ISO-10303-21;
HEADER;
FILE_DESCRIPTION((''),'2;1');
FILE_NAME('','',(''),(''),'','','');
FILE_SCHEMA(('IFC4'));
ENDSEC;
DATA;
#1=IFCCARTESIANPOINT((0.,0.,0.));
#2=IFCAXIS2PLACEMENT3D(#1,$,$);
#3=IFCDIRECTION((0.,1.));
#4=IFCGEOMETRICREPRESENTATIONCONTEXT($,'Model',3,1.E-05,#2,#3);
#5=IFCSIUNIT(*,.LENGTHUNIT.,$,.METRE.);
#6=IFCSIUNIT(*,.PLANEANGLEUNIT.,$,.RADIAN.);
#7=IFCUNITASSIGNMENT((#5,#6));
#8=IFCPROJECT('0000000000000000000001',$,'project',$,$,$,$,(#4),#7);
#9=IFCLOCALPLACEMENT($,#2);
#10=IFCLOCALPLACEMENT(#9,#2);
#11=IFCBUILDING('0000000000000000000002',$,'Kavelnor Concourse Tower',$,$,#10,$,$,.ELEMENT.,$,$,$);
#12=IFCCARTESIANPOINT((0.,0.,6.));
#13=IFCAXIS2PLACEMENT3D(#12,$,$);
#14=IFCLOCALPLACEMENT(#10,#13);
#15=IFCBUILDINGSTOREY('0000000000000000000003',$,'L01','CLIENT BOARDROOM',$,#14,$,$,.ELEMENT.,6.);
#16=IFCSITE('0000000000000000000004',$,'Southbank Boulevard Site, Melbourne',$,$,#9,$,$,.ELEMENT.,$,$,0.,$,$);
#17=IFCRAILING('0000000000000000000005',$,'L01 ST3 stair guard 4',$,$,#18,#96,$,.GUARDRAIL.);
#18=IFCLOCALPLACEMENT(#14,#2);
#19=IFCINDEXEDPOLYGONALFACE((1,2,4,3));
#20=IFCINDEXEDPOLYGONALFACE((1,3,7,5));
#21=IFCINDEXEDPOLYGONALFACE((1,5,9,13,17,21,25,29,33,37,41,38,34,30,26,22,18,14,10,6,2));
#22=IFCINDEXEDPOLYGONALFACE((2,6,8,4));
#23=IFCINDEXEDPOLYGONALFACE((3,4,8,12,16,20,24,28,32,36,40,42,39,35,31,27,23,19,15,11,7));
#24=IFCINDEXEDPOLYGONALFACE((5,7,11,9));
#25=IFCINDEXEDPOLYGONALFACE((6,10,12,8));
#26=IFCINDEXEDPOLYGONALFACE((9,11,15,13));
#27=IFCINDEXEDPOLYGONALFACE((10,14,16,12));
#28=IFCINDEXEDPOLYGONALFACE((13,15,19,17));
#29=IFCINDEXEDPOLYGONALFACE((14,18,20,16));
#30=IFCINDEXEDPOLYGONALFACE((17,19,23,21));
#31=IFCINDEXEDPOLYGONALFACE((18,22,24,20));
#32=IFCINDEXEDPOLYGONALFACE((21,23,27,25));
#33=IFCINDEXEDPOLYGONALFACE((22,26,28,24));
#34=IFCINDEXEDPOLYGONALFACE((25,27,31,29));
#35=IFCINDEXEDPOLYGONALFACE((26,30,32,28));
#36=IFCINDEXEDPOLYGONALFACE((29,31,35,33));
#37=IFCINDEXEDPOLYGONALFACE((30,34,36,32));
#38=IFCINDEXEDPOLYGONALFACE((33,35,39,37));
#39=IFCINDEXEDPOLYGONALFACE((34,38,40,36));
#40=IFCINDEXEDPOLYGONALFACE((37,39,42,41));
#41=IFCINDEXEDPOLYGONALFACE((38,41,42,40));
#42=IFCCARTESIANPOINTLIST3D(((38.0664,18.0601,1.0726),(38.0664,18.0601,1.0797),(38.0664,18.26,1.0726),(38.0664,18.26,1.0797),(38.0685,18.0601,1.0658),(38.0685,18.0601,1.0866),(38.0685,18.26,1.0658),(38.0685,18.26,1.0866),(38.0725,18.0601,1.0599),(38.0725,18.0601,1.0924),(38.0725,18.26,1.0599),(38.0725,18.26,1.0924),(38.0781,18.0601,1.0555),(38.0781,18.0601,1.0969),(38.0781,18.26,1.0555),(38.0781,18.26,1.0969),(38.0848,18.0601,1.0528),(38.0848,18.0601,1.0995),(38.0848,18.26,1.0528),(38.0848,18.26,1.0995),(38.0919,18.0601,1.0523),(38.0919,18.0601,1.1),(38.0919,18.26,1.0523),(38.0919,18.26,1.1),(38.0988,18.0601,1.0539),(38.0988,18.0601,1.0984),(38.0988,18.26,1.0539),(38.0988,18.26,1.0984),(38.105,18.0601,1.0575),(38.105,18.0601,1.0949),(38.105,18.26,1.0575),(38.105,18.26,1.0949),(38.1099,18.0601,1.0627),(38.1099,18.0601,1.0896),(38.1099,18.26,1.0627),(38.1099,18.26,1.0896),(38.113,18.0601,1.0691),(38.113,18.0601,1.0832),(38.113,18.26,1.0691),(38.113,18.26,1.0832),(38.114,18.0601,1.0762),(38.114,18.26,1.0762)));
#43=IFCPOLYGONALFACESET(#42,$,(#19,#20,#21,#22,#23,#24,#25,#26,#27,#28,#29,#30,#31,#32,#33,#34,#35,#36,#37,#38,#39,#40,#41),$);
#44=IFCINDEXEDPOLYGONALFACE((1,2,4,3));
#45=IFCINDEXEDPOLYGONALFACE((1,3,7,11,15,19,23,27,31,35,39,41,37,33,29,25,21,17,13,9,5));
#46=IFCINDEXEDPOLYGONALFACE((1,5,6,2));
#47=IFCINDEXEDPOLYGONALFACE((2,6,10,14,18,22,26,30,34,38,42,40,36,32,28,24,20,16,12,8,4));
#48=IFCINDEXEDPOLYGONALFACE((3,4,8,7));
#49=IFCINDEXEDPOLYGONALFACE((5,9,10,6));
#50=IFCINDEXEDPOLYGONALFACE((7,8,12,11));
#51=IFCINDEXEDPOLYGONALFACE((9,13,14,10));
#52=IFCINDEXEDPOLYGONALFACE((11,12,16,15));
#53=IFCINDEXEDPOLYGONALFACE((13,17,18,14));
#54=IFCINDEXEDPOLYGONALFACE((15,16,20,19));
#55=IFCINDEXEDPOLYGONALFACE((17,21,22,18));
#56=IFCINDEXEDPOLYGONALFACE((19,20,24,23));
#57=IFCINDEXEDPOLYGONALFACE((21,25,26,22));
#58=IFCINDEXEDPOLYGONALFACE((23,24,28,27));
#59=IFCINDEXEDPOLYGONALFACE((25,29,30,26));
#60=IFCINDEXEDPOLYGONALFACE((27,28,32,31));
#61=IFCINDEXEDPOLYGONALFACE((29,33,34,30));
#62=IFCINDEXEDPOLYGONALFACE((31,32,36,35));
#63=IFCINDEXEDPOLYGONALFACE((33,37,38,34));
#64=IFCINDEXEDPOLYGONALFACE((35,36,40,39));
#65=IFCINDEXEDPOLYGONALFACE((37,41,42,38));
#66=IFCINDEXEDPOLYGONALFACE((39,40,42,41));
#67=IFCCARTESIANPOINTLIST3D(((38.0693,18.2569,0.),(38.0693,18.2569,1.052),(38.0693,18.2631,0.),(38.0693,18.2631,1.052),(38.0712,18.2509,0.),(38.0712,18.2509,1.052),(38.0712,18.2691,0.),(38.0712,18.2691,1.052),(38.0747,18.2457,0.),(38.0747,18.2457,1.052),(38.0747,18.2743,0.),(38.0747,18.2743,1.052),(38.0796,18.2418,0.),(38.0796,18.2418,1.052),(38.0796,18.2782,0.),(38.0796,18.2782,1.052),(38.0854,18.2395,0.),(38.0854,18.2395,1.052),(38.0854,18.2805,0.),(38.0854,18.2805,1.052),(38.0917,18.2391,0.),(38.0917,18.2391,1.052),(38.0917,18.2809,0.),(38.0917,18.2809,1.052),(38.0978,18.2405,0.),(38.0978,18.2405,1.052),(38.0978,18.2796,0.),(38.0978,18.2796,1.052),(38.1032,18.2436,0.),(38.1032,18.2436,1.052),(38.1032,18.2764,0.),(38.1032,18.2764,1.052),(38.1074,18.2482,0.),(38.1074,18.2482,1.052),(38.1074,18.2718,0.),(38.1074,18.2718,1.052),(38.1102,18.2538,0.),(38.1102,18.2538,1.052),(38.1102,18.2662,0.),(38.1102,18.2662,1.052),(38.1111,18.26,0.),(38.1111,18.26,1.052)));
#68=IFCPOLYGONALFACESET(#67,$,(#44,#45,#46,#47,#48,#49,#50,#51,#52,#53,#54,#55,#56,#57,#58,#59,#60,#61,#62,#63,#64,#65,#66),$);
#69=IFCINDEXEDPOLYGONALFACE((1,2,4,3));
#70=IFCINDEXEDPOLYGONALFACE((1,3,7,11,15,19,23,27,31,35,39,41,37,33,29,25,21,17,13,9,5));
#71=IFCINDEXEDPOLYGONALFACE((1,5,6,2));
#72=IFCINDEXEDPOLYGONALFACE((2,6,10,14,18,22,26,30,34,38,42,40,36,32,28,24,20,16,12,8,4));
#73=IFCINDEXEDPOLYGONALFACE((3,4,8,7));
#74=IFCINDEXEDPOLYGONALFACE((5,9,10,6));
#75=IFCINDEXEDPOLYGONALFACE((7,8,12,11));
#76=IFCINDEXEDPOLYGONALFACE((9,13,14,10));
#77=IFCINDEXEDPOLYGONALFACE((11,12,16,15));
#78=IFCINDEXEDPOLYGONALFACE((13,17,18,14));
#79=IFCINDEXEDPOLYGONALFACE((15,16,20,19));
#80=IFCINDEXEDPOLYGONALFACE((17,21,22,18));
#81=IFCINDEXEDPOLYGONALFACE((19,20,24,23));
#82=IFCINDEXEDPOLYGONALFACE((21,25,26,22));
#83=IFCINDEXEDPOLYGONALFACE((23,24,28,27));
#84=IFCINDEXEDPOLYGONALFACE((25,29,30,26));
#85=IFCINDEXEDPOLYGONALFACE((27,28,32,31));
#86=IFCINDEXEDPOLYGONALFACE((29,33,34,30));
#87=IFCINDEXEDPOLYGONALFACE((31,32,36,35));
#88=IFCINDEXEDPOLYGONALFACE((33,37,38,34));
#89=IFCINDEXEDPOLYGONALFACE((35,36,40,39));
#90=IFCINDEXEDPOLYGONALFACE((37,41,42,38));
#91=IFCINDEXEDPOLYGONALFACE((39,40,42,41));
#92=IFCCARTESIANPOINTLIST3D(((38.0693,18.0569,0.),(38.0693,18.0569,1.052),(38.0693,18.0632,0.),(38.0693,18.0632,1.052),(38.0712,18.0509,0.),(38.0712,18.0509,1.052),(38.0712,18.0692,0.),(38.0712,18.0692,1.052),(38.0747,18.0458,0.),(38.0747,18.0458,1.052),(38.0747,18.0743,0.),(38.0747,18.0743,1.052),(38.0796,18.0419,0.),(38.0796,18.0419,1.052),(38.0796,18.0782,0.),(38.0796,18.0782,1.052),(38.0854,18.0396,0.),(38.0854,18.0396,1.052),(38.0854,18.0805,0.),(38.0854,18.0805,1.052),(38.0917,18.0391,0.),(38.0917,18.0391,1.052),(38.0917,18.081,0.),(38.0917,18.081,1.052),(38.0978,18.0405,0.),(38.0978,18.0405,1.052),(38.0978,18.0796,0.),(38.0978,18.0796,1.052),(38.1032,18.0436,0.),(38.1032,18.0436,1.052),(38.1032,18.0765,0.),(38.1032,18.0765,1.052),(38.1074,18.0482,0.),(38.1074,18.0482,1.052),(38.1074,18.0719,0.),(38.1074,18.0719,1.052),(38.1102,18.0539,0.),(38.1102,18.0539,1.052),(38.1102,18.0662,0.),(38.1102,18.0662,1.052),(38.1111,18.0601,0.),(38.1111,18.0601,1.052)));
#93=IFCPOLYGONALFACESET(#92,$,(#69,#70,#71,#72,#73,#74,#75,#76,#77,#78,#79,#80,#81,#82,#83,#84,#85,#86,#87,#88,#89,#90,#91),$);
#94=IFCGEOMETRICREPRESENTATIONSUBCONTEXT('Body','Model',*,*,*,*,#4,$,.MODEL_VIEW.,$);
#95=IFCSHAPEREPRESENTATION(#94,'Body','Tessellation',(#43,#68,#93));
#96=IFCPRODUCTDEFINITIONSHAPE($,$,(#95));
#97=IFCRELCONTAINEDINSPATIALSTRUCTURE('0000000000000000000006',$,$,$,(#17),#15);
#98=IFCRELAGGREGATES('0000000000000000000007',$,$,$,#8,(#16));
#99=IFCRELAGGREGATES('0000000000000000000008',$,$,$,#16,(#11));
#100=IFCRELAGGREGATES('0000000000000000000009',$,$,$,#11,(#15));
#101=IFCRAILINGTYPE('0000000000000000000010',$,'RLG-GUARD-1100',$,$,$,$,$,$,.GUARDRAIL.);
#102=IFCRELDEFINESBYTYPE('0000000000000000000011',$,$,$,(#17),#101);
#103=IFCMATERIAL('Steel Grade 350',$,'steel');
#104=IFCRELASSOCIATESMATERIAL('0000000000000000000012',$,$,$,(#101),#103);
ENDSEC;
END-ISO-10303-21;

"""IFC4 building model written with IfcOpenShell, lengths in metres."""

from ifc_helpers import new_model, si_unit, direction, frame, origin, origin_2d, place, context, subcontext, project, spatial, circle, extrude, material, type_object, element, save


model = new_model("IFC4")

# Units and contexts
model_context = context("Model", 3, precision=1e-05, world=origin(), true_north=direction((0.0, 1.0)))
body_context = subcontext(model_context, "Body", "Model", "MODEL_VIEW")
ifc_project = project(units=[si_unit("LENGTHUNIT", "METRE"), si_unit("PLANEANGLEUNIT", "RADIAN")], contexts=[model_context])

# Site, building, storey
site_placement = place(None, origin())
site = spatial("IfcSite", under=ifc_project, at=site_placement, Name="Southbank Boulevard Site, Melbourne", CompositionType="ELEMENT", RefElevation=0.0)
building_placement = place(site_placement, origin())
building = spatial("IfcBuilding", under=site, at=building_placement, Name="Kavelnor Concourse Tower", CompositionType="ELEMENT")
storey_placement = place(building_placement, frame((0.0, 0.0, 6.0)))
storey = spatial("IfcBuildingStorey", under=building, at=storey_placement, Name="L01", Description="CLIENT BOARDROOM", CompositionType="ELEMENT", Elevation=6.0)

# Shared definitions
ifc_material_1 = material(Name="Steel Grade 350", Category="steel")

# Railing
railing_type_1 = type_object("IfcRailingType", Name="RLG-GUARD-1100", PredefinedType="GUARDRAIL", material=ifc_material_1)
railing_1_placement = place(storey_placement, frame((38.0901, 18.26, 0.0)))
element("IfcRailing", 1, at=railing_1_placement, inside=storey, type_object=railing_type_1, Name="L01 ST3 stair guard 4", PredefinedType="GUARDRAIL", context=body_context, shape_type="SweptSolid", body=[
    extrude(circle(Radius=0.0239, at=origin_2d()), frame((0.0, 0.0, 1.0762), z_axis=(0.0, -1.0, 0.0), x_axis=(1.0, 0.0, 0.0)), (0.0, 0.0, 1.0), 0.2),
    extrude(circle(Radius=0.021, at=origin_2d()), origin(), (0.0, 0.0, 1.0), 1.052),
    extrude(circle(Radius=0.021, at=origin_2d()), frame((0.0, -0.2, 0.0)), (0.0, 0.0, 1.0), 1.052),
])

save(model, "model.ifc")
